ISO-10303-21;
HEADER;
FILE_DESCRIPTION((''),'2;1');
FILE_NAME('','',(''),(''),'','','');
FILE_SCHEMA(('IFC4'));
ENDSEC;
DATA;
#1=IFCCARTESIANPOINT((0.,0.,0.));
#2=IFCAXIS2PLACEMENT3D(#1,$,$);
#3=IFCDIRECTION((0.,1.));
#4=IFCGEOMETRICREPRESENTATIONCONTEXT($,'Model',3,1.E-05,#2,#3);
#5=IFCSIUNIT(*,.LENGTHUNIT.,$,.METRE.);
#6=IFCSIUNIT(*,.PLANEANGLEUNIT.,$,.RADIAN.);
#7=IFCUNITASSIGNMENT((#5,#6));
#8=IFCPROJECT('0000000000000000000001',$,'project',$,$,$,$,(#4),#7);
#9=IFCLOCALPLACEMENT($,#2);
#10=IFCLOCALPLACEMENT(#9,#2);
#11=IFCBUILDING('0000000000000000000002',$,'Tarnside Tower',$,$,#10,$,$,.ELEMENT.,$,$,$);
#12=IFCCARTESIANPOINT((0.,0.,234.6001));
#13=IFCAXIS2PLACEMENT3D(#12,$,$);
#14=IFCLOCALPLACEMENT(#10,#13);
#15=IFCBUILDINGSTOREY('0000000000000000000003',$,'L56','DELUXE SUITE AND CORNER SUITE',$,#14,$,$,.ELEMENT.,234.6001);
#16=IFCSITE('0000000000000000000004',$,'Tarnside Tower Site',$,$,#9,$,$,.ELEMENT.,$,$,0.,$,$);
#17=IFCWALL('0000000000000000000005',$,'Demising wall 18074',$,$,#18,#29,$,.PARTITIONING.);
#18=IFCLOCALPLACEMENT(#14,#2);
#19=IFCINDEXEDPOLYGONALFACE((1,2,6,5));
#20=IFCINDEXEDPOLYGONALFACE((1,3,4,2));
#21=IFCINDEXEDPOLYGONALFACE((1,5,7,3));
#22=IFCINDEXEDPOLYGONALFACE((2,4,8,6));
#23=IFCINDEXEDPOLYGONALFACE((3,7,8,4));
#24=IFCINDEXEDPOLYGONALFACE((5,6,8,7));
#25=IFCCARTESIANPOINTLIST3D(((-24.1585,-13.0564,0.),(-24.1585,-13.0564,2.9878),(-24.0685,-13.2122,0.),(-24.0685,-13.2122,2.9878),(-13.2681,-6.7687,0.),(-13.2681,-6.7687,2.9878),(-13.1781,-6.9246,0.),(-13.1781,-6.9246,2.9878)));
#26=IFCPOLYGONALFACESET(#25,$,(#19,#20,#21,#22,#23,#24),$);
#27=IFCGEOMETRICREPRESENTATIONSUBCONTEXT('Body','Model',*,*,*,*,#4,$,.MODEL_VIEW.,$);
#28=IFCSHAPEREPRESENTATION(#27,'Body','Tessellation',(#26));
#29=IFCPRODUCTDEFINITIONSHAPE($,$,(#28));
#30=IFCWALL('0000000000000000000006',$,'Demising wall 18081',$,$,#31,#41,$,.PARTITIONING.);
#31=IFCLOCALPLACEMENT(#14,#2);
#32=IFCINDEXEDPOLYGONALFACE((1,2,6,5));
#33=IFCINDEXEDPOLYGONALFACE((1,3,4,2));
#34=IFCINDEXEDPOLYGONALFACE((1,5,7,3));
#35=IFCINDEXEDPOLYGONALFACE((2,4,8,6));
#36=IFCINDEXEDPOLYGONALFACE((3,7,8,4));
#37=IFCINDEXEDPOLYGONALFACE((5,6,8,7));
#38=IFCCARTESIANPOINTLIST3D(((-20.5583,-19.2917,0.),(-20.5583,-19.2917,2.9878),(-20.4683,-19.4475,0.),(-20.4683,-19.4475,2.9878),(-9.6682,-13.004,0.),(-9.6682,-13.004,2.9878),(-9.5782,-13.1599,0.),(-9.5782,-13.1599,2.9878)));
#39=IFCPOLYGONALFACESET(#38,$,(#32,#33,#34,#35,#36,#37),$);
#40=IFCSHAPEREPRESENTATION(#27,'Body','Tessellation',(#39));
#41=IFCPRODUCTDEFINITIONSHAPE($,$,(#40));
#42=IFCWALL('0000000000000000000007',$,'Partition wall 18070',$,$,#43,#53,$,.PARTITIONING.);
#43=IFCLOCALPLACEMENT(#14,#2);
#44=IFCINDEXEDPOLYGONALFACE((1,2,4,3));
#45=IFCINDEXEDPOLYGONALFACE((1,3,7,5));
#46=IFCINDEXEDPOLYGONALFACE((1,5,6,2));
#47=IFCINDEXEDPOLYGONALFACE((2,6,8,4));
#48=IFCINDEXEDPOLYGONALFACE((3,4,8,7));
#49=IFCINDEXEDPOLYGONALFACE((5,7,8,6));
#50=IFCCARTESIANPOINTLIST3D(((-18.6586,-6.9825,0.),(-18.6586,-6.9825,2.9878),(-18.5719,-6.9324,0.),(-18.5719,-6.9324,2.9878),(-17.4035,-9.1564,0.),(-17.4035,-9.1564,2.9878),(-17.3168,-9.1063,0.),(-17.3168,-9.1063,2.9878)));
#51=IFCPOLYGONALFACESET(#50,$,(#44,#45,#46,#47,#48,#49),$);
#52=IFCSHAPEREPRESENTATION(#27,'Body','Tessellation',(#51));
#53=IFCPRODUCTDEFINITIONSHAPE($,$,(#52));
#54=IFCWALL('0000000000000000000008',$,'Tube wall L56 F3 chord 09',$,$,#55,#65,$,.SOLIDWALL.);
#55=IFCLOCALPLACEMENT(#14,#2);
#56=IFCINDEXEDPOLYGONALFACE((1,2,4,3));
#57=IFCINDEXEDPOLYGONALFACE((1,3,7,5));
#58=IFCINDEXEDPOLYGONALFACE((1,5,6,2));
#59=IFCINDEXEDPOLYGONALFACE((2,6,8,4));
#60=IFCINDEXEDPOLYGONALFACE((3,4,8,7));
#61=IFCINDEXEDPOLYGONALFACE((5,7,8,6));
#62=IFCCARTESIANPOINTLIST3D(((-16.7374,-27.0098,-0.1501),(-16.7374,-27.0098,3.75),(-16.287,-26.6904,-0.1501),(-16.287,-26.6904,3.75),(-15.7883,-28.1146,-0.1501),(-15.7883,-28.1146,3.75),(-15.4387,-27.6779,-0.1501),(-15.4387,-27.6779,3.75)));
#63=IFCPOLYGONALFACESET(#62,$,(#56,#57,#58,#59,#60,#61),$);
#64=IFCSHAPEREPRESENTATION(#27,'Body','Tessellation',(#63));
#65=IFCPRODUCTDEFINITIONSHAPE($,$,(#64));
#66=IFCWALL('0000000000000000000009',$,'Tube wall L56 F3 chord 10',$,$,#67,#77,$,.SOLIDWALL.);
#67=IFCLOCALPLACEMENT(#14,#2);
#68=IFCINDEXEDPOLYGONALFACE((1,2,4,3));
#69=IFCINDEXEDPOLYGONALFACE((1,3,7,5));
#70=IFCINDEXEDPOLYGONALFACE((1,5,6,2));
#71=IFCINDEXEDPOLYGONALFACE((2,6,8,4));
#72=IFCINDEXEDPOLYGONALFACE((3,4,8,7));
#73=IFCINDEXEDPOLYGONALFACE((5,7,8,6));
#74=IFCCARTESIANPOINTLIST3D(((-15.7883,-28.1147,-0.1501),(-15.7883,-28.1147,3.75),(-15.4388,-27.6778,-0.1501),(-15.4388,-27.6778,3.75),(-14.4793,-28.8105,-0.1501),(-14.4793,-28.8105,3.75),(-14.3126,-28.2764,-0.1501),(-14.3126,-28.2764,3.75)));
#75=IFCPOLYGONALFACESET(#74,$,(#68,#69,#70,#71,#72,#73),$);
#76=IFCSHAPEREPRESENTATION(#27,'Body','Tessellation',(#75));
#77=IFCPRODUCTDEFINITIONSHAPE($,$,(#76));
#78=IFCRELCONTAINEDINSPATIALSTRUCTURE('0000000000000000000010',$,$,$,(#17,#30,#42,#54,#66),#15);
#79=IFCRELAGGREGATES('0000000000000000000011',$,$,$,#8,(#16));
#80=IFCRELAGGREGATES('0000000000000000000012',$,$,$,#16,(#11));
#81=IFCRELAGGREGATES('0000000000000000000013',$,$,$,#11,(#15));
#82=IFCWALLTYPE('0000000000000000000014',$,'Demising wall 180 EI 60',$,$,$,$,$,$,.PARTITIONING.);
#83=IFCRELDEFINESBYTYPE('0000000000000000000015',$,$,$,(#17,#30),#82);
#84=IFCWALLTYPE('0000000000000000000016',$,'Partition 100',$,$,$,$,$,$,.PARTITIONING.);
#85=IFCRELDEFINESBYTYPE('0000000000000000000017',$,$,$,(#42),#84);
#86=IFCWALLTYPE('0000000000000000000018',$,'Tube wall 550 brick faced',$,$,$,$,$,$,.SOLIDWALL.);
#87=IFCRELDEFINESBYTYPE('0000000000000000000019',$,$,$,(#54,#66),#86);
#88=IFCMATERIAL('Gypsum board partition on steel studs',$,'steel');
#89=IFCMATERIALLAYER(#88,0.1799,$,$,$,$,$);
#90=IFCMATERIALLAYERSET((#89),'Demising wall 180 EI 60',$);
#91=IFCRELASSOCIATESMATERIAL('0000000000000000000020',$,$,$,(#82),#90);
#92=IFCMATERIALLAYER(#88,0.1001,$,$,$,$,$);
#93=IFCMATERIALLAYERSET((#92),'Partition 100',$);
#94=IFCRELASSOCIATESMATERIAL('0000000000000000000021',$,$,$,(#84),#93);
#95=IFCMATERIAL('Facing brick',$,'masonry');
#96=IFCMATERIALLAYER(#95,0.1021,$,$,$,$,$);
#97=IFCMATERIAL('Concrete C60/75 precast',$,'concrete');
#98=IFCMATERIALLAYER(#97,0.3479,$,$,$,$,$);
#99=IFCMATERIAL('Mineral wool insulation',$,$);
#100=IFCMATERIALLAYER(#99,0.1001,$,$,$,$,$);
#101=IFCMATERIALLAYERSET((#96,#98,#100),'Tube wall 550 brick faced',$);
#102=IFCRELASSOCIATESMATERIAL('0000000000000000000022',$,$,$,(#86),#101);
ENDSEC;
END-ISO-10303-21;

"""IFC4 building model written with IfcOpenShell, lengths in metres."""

from ifc_helpers import new_model, si_unit, direction, frame, frame_2d, origin, place, context, subcontext, project, spatial, polyline, rectangle, outline, extrude, material, layer, layer_set, type_object, element, save


model = new_model("IFC4")

# Units and contexts
model_context = context("Model", 3, precision=1e-05, world=origin(), true_north=direction((0.0, 1.0)))
body_context = subcontext(model_context, "Body", "Model", "MODEL_VIEW")
ifc_project = project(units=[si_unit("LENGTHUNIT", "METRE"), si_unit("PLANEANGLEUNIT", "RADIAN")], contexts=[model_context])

# Site, building, storey
site_placement = place(None, origin())
site = spatial("IfcSite", under=ifc_project, at=site_placement, Name="Tarnside Tower Site", CompositionType="ELEMENT", RefElevation=0.0)
building_placement = place(site_placement, origin())
building = spatial("IfcBuilding", under=site, at=building_placement, Name="Tarnside Tower", CompositionType="ELEMENT")
storey_placement = place(building_placement, frame((0.0, 0.0, 234.6001)))
storey = spatial("IfcBuildingStorey", under=building, at=storey_placement, Name="L56", Description="DELUXE SUITE AND CORNER SUITE", CompositionType="ELEMENT", Elevation=234.6001)

# Walls
ifc_material_1 = material(Name="Gypsum board partition on steel studs", Category="steel")
ifc_layer_1 = layer(ifc_material_1, 0.1799)
ifc_layer_set_1 = layer_set([ifc_layer_1], Name="Demising wall 180 EI 60")
wall_type_1 = type_object("IfcWallType", Name="Demising wall 180 EI 60", PredefinedType="PARTITIONING", material=ifc_layer_set_1)
wall_1_placement = place(storey_placement, frame((-24.1135, -13.1343, 0.0), z_axis=(0.0, 0.0, 1.0), x_axis=(0.866024, 0.500002, 0.0)))
element("IfcWall", 1, at=wall_1_placement, inside=storey, type_object=wall_type_1, Name="Demising wall 18074", PredefinedType="PARTITIONING", context=body_context, shape_type="SweptSolid", body=[
    extrude(rectangle(XDim=12.5752, YDim=0.1799, at=frame_2d((6.2876, 0.0))), origin(), (0.0, 0.0, 1.0), 2.9878),
])
wall_2_placement = place(storey_placement, frame((-20.5134, -19.3696, 0.0), z_axis=(0.0, 0.0, 1.0), x_axis=(0.866019, 0.50001, 0.0)))
element("IfcWall", 2, at=wall_2_placement, inside=storey, type_object=wall_type_1, Name="Demising wall 18081", PredefinedType="PARTITIONING", context=body_context, shape_type="SweptSolid", body=[
    extrude(rectangle(XDim=12.575, YDim=0.1799, at=frame_2d((6.2876, 0.0))), origin(), (0.0, 0.0, 1.0), 2.9878),
])
ifc_layer_2 = layer(ifc_material_1, 0.1001)
ifc_layer_set_2 = layer_set([ifc_layer_2], Name="Partition 100")
wall_type_2 = type_object("IfcWallType", Name="Partition 100", PredefinedType="PARTITIONING", material=ifc_layer_set_2)
wall_3_placement = place(storey_placement, frame((-17.3601, -9.1313, 0.0), z_axis=(0.0, 0.0, 1.0), x_axis=(-0.50002, 0.866014, 0.0)))
element("IfcWall", 3, at=wall_3_placement, inside=storey, type_object=wall_type_2, Name="Partition wall 18070", PredefinedType="PARTITIONING", context=body_context, shape_type="SweptSolid", body=[
    extrude(rectangle(XDim=2.5103, YDim=0.1001, at=frame_2d((1.2551, 0.0))), origin(), (0.0, 0.0, 1.0), 2.9878),
])
ifc_material_2 = material(Name="Facing brick", Category="masonry")
ifc_layer_3 = layer(ifc_material_2, 0.1021)
ifc_material_3 = material(Name="Concrete C60/75 precast", Category="concrete")
ifc_layer_4 = layer(ifc_material_3, 0.3479)
ifc_material_4 = material(Name="Mineral wool insulation")
ifc_layer_5 = layer(ifc_material_4, 0.1001)
ifc_layer_set_3 = layer_set([ifc_layer_3, ifc_layer_4, ifc_layer_5], Name="Tube wall 550 brick faced")
wall_type_3 = type_object("IfcWallType", Name="Tube wall 550 brick faced", PredefinedType="SOLIDWALL", material=ifc_layer_set_3)
wall_4_placement = place(storey_placement, frame((-16.5122, -26.8501, -0.1501), z_axis=(0.0, 0.0, 1.0), x_axis=(0.651622, -0.758544, 0.0)))
element("IfcWall", 4, at=wall_4_placement, inside=storey, type_object=wall_type_3, Name="Tube wall L56 F3 chord 09", PredefinedType="SOLIDWALL", context=body_context, shape_type="SweptSolid", body=[
    extrude(outline(polyline([(-0.0256, -0.2749), (1.4309, -0.2749), (1.3274, 0.2749), (0.0256, 0.2749), (-0.0256, -0.2749)])), origin(), (0.0, 0.0, 1.0), 3.9001),
])
wall_5_placement = place(storey_placement, frame((-15.6135, -27.8962, -0.1501), z_axis=(0.0, 0.0, 1.0), x_axis=(0.882994, -0.469384, 0.0)))
element("IfcWall", 5, at=wall_5_placement, inside=storey, type_object=wall_type_3, Name="Tube wall L56 F3 chord 10", PredefinedType="SOLIDWALL", context=body_context, shape_type="SweptSolid", body=[
    extrude(outline(polyline([(-0.0518, -0.2749), (1.4307, -0.2749), (1.3271, 0.2749), (0.0518, 0.2749), (-0.0518, -0.2749)])), origin(), (0.0, 0.0, 1.0), 3.9001),
])

save(model, "model.ifc")
